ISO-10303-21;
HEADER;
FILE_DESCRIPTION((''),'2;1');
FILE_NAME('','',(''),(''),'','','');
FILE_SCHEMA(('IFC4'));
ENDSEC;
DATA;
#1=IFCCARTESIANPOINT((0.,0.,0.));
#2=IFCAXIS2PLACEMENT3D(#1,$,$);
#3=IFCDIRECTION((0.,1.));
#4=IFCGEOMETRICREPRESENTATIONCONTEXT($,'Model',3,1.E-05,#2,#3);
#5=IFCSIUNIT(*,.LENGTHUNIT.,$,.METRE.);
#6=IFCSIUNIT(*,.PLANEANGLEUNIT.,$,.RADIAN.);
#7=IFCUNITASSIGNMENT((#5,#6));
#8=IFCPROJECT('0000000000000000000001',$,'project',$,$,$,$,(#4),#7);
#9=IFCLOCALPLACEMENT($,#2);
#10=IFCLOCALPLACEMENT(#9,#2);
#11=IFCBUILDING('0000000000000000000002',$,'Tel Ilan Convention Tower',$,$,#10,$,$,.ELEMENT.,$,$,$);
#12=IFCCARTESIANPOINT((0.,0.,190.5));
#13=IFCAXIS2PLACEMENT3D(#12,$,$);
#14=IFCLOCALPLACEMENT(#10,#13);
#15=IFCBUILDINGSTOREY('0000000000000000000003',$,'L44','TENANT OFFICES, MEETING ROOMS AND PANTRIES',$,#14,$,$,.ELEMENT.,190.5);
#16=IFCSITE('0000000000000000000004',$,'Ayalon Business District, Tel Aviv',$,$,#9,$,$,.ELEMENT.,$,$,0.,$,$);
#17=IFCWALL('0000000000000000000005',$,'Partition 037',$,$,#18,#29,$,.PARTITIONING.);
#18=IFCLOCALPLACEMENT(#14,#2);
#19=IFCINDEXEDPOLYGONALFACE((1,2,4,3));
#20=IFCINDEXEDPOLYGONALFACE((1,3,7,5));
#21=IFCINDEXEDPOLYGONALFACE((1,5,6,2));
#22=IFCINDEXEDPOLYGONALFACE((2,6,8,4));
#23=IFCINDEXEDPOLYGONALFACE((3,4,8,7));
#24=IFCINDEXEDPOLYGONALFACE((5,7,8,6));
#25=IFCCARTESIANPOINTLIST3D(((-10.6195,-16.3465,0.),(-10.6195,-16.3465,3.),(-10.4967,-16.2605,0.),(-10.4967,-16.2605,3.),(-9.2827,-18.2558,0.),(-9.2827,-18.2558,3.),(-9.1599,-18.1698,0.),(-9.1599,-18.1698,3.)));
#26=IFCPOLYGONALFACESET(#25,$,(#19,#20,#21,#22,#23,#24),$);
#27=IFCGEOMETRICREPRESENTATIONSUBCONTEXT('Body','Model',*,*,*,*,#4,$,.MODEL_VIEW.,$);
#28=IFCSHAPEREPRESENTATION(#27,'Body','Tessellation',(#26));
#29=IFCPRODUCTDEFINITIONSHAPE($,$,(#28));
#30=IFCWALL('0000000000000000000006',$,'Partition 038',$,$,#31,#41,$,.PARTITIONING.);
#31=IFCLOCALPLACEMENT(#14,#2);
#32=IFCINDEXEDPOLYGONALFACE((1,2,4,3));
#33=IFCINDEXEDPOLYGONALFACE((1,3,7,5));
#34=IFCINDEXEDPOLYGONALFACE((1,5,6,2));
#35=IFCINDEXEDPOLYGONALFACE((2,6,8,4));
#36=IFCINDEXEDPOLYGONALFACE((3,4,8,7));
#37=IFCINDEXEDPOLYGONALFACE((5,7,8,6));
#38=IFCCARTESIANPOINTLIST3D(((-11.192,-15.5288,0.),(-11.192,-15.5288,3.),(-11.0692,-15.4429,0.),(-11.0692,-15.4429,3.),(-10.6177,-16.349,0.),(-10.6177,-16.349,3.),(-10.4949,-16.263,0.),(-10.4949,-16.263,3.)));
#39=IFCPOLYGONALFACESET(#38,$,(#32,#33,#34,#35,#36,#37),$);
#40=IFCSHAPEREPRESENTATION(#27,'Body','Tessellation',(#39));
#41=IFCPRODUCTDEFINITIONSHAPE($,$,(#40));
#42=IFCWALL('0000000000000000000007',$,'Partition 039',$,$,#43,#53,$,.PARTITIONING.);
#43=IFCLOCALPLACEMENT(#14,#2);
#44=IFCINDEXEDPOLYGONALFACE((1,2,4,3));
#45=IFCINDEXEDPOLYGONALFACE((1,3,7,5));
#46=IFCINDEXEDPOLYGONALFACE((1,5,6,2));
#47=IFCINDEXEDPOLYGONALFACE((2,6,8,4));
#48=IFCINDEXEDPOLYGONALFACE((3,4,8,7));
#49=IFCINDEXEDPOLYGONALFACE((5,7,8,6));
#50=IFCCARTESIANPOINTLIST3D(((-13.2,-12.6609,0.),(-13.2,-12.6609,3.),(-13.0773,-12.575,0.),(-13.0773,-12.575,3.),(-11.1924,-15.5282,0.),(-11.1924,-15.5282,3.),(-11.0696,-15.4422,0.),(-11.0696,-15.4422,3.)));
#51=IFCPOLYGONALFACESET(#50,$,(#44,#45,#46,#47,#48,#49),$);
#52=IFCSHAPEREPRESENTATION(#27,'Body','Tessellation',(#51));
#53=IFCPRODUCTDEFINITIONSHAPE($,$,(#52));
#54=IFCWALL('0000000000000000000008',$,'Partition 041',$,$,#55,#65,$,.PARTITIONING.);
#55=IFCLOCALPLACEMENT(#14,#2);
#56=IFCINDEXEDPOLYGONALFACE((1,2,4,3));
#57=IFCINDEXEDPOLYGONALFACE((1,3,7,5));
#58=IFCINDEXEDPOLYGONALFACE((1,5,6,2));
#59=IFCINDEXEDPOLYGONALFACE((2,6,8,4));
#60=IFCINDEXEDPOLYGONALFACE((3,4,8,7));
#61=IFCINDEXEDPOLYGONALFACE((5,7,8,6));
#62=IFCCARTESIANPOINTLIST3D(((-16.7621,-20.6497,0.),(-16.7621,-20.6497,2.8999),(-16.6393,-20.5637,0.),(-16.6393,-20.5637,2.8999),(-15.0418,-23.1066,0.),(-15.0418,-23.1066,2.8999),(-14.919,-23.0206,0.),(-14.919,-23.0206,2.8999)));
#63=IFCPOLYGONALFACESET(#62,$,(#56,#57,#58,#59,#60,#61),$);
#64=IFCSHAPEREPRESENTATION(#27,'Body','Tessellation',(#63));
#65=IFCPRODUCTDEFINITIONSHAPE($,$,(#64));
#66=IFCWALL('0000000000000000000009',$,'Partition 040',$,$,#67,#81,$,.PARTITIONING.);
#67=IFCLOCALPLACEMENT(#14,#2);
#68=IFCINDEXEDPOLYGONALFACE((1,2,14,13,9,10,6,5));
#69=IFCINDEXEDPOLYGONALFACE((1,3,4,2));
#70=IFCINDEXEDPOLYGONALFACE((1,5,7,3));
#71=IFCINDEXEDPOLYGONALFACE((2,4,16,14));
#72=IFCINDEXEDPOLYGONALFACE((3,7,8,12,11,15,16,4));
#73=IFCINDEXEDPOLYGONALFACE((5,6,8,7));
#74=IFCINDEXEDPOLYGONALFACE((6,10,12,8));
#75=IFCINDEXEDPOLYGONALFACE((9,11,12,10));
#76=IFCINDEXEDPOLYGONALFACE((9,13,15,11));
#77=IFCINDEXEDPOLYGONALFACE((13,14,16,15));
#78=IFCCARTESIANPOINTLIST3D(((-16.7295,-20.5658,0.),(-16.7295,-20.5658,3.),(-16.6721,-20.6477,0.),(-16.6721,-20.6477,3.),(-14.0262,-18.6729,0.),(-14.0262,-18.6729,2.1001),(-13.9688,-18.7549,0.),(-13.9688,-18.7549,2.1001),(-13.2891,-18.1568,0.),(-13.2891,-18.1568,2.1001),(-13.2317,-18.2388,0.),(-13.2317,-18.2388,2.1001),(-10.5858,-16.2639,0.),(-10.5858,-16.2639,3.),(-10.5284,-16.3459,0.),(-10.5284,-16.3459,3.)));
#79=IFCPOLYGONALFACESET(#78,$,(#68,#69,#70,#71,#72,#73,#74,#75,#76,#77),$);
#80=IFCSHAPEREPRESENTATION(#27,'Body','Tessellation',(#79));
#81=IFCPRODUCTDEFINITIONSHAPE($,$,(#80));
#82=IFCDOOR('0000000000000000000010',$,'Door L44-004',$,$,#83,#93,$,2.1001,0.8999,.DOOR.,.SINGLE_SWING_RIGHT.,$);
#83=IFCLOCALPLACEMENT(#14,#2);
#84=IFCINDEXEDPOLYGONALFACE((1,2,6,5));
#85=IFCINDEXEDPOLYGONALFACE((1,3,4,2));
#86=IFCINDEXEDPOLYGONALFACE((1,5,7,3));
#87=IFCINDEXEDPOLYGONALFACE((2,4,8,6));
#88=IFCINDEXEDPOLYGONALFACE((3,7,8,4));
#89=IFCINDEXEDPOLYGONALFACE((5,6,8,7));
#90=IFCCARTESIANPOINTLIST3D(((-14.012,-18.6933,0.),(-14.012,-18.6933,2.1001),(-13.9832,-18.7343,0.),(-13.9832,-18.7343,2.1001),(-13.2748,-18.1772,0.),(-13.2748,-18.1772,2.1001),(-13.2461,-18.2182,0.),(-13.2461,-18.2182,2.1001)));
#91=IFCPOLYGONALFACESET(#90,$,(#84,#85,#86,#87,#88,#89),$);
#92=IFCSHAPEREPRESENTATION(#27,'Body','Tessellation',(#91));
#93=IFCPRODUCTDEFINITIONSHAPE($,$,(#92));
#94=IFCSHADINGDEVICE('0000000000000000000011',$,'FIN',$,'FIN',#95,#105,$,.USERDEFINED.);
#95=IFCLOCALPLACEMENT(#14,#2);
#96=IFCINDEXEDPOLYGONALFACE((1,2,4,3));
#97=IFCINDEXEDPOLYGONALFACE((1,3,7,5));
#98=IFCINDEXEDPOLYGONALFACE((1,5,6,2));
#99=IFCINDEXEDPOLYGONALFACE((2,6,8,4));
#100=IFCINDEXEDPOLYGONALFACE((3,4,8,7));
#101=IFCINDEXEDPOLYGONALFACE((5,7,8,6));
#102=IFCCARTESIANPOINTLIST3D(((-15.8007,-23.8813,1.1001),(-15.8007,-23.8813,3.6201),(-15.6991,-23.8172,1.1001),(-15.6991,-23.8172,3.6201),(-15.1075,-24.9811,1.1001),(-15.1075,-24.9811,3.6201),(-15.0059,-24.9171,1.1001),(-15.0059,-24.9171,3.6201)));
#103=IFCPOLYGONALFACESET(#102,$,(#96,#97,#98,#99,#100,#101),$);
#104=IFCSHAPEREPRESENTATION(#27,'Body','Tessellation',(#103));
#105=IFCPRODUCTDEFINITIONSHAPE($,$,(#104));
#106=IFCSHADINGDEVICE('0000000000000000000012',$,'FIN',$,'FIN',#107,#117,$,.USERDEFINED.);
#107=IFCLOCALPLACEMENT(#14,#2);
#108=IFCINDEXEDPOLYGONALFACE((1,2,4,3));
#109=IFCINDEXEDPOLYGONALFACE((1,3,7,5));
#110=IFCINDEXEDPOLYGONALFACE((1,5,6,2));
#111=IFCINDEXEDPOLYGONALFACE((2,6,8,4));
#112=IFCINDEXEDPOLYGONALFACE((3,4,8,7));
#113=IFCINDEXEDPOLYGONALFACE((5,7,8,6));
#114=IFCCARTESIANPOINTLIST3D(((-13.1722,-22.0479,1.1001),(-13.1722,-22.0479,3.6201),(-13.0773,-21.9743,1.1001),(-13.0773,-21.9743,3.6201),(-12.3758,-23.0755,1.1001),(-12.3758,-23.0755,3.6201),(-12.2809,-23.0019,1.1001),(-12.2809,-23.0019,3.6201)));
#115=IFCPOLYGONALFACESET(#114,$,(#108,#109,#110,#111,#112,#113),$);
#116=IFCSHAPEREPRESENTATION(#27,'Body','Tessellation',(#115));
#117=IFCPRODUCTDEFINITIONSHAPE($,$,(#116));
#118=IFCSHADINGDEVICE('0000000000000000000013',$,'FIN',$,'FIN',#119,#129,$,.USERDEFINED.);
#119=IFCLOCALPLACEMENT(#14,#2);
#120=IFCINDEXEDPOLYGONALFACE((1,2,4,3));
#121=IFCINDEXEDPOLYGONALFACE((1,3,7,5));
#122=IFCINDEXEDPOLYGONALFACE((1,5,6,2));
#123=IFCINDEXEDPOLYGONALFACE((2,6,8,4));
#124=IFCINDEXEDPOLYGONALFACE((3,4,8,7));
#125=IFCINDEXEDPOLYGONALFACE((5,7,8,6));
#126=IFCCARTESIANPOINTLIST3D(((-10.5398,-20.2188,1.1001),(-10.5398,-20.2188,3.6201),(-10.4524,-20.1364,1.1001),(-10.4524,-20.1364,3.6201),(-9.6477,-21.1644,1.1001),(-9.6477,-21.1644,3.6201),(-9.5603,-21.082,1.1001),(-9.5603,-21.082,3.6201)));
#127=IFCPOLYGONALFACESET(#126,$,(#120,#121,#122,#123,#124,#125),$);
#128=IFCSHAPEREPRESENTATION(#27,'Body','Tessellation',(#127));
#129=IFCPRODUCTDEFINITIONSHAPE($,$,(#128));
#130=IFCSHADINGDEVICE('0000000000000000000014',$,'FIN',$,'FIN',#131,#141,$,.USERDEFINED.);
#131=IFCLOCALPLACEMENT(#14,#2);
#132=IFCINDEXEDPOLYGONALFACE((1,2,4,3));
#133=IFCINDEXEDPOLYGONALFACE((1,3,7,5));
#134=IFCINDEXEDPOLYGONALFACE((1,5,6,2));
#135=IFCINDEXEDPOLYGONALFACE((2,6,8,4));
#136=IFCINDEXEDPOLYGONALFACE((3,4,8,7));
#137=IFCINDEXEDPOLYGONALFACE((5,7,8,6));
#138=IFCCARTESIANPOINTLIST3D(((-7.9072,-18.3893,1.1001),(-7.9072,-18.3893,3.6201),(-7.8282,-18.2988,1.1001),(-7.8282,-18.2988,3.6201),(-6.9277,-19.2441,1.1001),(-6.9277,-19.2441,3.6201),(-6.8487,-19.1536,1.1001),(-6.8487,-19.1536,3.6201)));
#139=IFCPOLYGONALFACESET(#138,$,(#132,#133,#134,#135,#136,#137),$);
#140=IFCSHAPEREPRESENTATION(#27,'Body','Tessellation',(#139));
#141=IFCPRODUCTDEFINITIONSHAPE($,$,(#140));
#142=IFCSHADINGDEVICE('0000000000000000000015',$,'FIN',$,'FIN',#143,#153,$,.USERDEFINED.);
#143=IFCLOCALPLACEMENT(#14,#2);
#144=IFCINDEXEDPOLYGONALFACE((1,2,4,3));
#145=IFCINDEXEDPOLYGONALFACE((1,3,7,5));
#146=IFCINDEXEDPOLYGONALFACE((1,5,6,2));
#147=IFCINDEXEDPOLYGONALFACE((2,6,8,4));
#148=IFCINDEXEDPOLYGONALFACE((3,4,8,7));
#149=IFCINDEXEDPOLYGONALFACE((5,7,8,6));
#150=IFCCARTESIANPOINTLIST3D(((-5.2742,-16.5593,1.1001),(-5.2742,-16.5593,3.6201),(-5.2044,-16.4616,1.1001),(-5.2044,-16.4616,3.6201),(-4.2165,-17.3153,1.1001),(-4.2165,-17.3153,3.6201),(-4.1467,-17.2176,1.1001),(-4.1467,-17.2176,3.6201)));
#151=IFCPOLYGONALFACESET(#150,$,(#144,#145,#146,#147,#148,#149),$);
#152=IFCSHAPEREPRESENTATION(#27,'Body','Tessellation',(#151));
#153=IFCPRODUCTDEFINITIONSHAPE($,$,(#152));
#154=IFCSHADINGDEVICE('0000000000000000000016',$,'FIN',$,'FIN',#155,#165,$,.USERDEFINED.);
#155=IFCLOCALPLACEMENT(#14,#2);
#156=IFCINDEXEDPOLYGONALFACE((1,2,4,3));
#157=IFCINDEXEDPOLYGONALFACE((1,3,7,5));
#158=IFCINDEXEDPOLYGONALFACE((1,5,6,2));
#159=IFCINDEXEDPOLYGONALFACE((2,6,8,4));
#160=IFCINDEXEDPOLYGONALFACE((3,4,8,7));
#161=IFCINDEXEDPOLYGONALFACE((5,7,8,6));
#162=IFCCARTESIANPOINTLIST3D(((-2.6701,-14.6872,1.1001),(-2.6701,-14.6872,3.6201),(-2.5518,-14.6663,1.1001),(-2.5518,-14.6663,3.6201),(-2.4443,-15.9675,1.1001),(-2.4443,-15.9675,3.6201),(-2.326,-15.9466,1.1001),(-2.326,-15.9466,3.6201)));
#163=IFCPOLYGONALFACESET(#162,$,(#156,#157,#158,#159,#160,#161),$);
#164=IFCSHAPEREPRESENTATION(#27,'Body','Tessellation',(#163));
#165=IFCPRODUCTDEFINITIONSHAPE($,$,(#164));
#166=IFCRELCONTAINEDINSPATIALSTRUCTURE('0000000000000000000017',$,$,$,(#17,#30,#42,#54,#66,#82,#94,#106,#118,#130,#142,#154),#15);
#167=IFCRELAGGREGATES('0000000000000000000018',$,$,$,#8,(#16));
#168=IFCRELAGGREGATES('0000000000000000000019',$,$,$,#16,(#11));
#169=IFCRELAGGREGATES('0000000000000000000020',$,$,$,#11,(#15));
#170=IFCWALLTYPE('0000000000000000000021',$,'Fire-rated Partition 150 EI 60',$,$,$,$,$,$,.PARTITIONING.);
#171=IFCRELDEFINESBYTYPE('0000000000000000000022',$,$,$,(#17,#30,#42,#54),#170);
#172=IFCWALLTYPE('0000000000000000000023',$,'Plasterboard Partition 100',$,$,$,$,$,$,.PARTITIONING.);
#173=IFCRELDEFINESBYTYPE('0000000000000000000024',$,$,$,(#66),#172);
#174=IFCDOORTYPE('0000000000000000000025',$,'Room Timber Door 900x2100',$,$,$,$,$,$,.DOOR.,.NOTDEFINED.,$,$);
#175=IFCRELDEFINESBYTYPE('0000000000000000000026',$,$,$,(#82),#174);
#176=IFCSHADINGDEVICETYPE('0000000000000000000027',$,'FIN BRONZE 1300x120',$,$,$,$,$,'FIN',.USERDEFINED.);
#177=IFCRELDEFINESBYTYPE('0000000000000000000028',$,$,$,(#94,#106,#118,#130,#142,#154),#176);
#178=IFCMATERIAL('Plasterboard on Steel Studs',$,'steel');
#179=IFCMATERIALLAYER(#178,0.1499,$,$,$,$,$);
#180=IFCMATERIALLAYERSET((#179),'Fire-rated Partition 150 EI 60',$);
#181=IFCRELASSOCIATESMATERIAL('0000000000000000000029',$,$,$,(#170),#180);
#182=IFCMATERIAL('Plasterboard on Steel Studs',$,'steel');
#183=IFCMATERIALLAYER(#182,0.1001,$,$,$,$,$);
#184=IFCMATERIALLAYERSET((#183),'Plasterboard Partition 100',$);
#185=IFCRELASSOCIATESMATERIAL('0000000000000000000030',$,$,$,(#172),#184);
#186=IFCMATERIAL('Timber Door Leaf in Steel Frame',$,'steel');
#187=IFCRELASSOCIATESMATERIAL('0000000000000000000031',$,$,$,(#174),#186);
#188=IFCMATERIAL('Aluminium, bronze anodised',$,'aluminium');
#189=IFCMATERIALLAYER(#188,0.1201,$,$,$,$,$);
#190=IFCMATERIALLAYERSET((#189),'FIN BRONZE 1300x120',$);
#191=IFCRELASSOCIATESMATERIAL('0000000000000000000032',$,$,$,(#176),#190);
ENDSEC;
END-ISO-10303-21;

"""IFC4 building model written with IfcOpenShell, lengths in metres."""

from ifc_helpers import new_model, si_unit, direction, frame, frame_2d, origin, origin_2d, place, context, subcontext, project, spatial, rectangle, extrude, material, layer, layer_set, type_object, element, fill, save


model = new_model("IFC4")

# Units and contexts
model_context = context("Model", 3, precision=1e-05, world=origin(), true_north=direction((0.0, 1.0)))
body_context = subcontext(model_context, "Body", "Model", "MODEL_VIEW")
ifc_project = project(units=[si_unit("LENGTHUNIT", "METRE"), si_unit("PLANEANGLEUNIT", "RADIAN")], contexts=[model_context])

# Site, building, storey
site_placement = place(None, origin())
site = spatial("IfcSite", under=ifc_project, at=site_placement, Name="Ayalon Business District, Tel Aviv", CompositionType="ELEMENT", RefElevation=0.0)
building_placement = place(site_placement, origin())
building = spatial("IfcBuilding", under=site, at=building_placement, Name="Tel Ilan Convention Tower", CompositionType="ELEMENT")
storey_placement = place(building_placement, frame((0.0, 0.0, 190.5)))
storey = spatial("IfcBuildingStorey", under=building, at=storey_placement, Name="L44", Description="TENANT OFFICES, MEETING ROOMS AND PANTRIES", CompositionType="ELEMENT", Elevation=190.5)

# Walls
ifc_material_1 = material(Name="Plasterboard on Steel Studs", Category="steel")
ifc_layer_1 = layer(ifc_material_1, 0.1499)
ifc_layer_set_1 = layer_set([ifc_layer_1], Name="Fire-rated Partition 150 EI 60")
wall_type_1 = type_object("IfcWallType", Name="Fire-rated Partition 150 EI 60", PredefinedType="PARTITIONING", material=ifc_layer_set_1)
wall_1_placement = place(storey_placement, frame((-9.2212, -18.2129, 0.0), z_axis=(0.0, 0.0, 1.0), x_axis=(-0.573554, 0.819168, 0.0)))
element("IfcWall", 1, at=wall_1_placement, inside=storey, type_object=wall_type_1, Name="Partition 037", PredefinedType="PARTITIONING", context=body_context, shape_type="SweptSolid", body=[
    extrude(rectangle(XDim=2.3308, YDim=0.1499, at=frame_2d((1.1655, 0.0))), origin(), (0.0, 0.0, 1.0), 3.0),
])
wall_2_placement = place(storey_placement, frame((-10.5564, -16.3059, 0.0), z_axis=(0.0, 0.0, 1.0), x_axis=(-0.573577, 0.819152, 0.0)))
element("IfcWall", 2, at=wall_2_placement, inside=storey, type_object=wall_type_1, Name="Partition 038", PredefinedType="PARTITIONING", context=body_context, shape_type="SweptSolid", body=[
    extrude(rectangle(XDim=1.0012, YDim=0.1499, at=frame_2d((0.5005, 0.0))), origin(), (0.0, 0.0, 1.0), 3.0),
])
wall_3_placement = place(storey_placement, frame((-11.1311, -15.4851, 0.0), z_axis=(0.0, 0.0, 1.0), x_axis=(-0.573565, 0.81916, 0.0)))
element("IfcWall", 3, at=wall_3_placement, inside=storey, type_object=wall_type_1, Name="Partition 039", PredefinedType="PARTITIONING", context=body_context, shape_type="SweptSolid", body=[
    extrude(rectangle(XDim=3.5002, YDim=0.1499, at=frame_2d((1.75, 0.0))), origin(), (0.0, 0.0, 1.0), 3.0),
])
wall_4_placement = place(storey_placement, frame((-14.9805, -23.0635, 0.0), z_axis=(0.0, 0.0, 1.0), x_axis=(-0.573566, 0.819159, 0.0)))
element("IfcWall", 4, at=wall_4_placement, inside=storey, type_object=wall_type_1, Name="Partition 041", PredefinedType="PARTITIONING", context=body_context, shape_type="SweptSolid", body=[
    extrude(rectangle(XDim=2.9993, YDim=0.1499, at=frame_2d((1.4995, 0.0))), origin(), (0.0, 0.0, 1.0), 2.8999),
])

# Wall, opening, door
ifc_material_2 = material(Name="Plasterboard on Steel Studs", Category="steel")
ifc_layer_2 = layer(ifc_material_2, 0.1001)
ifc_layer_set_2 = layer_set([ifc_layer_2], Name="Plasterboard Partition 100")
wall_type_2 = type_object("IfcWallType", Name="Plasterboard Partition 100", PredefinedType="PARTITIONING", material=ifc_layer_set_2)
wall_5_placement = place(storey_placement, frame((-10.5571, -16.3049, 0.0), z_axis=(0.0, 0.0, 1.0), x_axis=(-0.819152, -0.573576, 0.0)))
wall_5 = element("IfcWall", 5, at=wall_5_placement, inside=storey, type_object=wall_type_2, Name="Partition 040", PredefinedType="PARTITIONING", context=body_context, shape_type="SweptSolid", body=[
    extrude(rectangle(XDim=7.5, YDim=0.1001, at=frame_2d((3.75, 0.0))), origin(), (0.0, 0.0, 1.0), 3.0),
])
opening_placement = place(wall_5_placement, frame((3.3, 0.0, 0.0)))
opening = element("IfcOpeningElement", 6, at=opening_placement, cuts=wall_5, PredefinedType="OPENING", context=body_context, shape_type="SweptSolid", body=[
    extrude(rectangle(XDim=0.8999, YDim=2.1001, at=frame_2d((0.45, 1.05))), frame((0.0, 0.0601, 0.0), z_axis=(0.0, -1.0, 0.0), x_axis=(1.0, 0.0, 0.0)), (0.0, 0.0, 1.0), 0.1201),
])
ifc_material_3 = material(Name="Timber Door Leaf in Steel Frame", Category="steel")
door_type = type_object("IfcDoorType", Name="Room Timber Door 900x2100", OperationType="NOTDEFINED", PredefinedType="DOOR", material=ifc_material_3)
door_placement = place(opening_placement, origin())
door = element("IfcDoor", 7, at=door_placement, inside=storey, type_object=door_type, Name="Door L44-004", OperationType="SINGLE_SWING_RIGHT", OverallHeight=2.1001, OverallWidth=0.8999, PredefinedType="DOOR", context=body_context, shape_type="SweptSolid", body=[
    extrude(rectangle(XDim=0.8999, YDim=2.1001, at=frame_2d((0.45, 1.05))), frame((0.0, 0.0249, 0.0), z_axis=(0.0, -1.0, 0.0), x_axis=(1.0, 0.0, 0.0)), (0.0, 0.0, 1.0), 0.05),
])
fill(opening, door)

# Shading devices
ifc_material_4 = material(Name="Aluminium, bronze anodised", Category="aluminium")
ifc_layer_3 = layer(ifc_material_4, 0.1201)
ifc_layer_set_3 = layer_set([ifc_layer_3], Name="FIN BRONZE 1300x120")
shading_device_type = type_object("IfcShadingDeviceType", Name="FIN BRONZE 1300x120", ElementType="FIN", PredefinedType="USERDEFINED", material=ifc_layer_set_3)
for number, where, z_axis, x_axis, name in (
    (8, (-15.4033, -24.3992, 1.1001), (0.0, 0.0, 1.0), (0.533204, -0.845986, 0.0), "FIN"),
    (9, (-12.7266, -22.5249, 1.1001), (0.0, 0.0, 1.0), (0.612601, -0.790393, 0.0), "FIN"),
    (10, (-10.05, -20.6504, 1.1001), (0.0, 0.0, 1.0), (0.686242, -0.727374, 0.0), "FIN"),
    (11, (-7.3779, -18.7715, 1.1001), (0.0, 0.0, 1.0), (0.753436, -0.657521, 0.0), "FIN"),
    (12, (-4.7104, -16.8884, 1.1001), (0.0, 0.0, 1.0), (0.813552, -0.581492, 0.0), "FIN"),
    (13, (-2.498, -15.3169, 1.1001), (0.0, 0.0, 1.0), (0.173648, -0.984808, 0.0), "FIN"),
):
    element("IfcShadingDevice", number, at=place(storey_placement, frame(where, z_axis=z_axis, x_axis=x_axis)), inside=storey, type_object=shading_device_type, Name=name, ObjectType="FIN", PredefinedType="USERDEFINED", context=body_context, shape_type="SweptSolid", body=[
        extrude(rectangle(XDim=1.3, YDim=0.1201, at=origin_2d()), origin(), (0.0, 0.0, 1.0), 2.52),
    ])

save(model, "model.ifc")
